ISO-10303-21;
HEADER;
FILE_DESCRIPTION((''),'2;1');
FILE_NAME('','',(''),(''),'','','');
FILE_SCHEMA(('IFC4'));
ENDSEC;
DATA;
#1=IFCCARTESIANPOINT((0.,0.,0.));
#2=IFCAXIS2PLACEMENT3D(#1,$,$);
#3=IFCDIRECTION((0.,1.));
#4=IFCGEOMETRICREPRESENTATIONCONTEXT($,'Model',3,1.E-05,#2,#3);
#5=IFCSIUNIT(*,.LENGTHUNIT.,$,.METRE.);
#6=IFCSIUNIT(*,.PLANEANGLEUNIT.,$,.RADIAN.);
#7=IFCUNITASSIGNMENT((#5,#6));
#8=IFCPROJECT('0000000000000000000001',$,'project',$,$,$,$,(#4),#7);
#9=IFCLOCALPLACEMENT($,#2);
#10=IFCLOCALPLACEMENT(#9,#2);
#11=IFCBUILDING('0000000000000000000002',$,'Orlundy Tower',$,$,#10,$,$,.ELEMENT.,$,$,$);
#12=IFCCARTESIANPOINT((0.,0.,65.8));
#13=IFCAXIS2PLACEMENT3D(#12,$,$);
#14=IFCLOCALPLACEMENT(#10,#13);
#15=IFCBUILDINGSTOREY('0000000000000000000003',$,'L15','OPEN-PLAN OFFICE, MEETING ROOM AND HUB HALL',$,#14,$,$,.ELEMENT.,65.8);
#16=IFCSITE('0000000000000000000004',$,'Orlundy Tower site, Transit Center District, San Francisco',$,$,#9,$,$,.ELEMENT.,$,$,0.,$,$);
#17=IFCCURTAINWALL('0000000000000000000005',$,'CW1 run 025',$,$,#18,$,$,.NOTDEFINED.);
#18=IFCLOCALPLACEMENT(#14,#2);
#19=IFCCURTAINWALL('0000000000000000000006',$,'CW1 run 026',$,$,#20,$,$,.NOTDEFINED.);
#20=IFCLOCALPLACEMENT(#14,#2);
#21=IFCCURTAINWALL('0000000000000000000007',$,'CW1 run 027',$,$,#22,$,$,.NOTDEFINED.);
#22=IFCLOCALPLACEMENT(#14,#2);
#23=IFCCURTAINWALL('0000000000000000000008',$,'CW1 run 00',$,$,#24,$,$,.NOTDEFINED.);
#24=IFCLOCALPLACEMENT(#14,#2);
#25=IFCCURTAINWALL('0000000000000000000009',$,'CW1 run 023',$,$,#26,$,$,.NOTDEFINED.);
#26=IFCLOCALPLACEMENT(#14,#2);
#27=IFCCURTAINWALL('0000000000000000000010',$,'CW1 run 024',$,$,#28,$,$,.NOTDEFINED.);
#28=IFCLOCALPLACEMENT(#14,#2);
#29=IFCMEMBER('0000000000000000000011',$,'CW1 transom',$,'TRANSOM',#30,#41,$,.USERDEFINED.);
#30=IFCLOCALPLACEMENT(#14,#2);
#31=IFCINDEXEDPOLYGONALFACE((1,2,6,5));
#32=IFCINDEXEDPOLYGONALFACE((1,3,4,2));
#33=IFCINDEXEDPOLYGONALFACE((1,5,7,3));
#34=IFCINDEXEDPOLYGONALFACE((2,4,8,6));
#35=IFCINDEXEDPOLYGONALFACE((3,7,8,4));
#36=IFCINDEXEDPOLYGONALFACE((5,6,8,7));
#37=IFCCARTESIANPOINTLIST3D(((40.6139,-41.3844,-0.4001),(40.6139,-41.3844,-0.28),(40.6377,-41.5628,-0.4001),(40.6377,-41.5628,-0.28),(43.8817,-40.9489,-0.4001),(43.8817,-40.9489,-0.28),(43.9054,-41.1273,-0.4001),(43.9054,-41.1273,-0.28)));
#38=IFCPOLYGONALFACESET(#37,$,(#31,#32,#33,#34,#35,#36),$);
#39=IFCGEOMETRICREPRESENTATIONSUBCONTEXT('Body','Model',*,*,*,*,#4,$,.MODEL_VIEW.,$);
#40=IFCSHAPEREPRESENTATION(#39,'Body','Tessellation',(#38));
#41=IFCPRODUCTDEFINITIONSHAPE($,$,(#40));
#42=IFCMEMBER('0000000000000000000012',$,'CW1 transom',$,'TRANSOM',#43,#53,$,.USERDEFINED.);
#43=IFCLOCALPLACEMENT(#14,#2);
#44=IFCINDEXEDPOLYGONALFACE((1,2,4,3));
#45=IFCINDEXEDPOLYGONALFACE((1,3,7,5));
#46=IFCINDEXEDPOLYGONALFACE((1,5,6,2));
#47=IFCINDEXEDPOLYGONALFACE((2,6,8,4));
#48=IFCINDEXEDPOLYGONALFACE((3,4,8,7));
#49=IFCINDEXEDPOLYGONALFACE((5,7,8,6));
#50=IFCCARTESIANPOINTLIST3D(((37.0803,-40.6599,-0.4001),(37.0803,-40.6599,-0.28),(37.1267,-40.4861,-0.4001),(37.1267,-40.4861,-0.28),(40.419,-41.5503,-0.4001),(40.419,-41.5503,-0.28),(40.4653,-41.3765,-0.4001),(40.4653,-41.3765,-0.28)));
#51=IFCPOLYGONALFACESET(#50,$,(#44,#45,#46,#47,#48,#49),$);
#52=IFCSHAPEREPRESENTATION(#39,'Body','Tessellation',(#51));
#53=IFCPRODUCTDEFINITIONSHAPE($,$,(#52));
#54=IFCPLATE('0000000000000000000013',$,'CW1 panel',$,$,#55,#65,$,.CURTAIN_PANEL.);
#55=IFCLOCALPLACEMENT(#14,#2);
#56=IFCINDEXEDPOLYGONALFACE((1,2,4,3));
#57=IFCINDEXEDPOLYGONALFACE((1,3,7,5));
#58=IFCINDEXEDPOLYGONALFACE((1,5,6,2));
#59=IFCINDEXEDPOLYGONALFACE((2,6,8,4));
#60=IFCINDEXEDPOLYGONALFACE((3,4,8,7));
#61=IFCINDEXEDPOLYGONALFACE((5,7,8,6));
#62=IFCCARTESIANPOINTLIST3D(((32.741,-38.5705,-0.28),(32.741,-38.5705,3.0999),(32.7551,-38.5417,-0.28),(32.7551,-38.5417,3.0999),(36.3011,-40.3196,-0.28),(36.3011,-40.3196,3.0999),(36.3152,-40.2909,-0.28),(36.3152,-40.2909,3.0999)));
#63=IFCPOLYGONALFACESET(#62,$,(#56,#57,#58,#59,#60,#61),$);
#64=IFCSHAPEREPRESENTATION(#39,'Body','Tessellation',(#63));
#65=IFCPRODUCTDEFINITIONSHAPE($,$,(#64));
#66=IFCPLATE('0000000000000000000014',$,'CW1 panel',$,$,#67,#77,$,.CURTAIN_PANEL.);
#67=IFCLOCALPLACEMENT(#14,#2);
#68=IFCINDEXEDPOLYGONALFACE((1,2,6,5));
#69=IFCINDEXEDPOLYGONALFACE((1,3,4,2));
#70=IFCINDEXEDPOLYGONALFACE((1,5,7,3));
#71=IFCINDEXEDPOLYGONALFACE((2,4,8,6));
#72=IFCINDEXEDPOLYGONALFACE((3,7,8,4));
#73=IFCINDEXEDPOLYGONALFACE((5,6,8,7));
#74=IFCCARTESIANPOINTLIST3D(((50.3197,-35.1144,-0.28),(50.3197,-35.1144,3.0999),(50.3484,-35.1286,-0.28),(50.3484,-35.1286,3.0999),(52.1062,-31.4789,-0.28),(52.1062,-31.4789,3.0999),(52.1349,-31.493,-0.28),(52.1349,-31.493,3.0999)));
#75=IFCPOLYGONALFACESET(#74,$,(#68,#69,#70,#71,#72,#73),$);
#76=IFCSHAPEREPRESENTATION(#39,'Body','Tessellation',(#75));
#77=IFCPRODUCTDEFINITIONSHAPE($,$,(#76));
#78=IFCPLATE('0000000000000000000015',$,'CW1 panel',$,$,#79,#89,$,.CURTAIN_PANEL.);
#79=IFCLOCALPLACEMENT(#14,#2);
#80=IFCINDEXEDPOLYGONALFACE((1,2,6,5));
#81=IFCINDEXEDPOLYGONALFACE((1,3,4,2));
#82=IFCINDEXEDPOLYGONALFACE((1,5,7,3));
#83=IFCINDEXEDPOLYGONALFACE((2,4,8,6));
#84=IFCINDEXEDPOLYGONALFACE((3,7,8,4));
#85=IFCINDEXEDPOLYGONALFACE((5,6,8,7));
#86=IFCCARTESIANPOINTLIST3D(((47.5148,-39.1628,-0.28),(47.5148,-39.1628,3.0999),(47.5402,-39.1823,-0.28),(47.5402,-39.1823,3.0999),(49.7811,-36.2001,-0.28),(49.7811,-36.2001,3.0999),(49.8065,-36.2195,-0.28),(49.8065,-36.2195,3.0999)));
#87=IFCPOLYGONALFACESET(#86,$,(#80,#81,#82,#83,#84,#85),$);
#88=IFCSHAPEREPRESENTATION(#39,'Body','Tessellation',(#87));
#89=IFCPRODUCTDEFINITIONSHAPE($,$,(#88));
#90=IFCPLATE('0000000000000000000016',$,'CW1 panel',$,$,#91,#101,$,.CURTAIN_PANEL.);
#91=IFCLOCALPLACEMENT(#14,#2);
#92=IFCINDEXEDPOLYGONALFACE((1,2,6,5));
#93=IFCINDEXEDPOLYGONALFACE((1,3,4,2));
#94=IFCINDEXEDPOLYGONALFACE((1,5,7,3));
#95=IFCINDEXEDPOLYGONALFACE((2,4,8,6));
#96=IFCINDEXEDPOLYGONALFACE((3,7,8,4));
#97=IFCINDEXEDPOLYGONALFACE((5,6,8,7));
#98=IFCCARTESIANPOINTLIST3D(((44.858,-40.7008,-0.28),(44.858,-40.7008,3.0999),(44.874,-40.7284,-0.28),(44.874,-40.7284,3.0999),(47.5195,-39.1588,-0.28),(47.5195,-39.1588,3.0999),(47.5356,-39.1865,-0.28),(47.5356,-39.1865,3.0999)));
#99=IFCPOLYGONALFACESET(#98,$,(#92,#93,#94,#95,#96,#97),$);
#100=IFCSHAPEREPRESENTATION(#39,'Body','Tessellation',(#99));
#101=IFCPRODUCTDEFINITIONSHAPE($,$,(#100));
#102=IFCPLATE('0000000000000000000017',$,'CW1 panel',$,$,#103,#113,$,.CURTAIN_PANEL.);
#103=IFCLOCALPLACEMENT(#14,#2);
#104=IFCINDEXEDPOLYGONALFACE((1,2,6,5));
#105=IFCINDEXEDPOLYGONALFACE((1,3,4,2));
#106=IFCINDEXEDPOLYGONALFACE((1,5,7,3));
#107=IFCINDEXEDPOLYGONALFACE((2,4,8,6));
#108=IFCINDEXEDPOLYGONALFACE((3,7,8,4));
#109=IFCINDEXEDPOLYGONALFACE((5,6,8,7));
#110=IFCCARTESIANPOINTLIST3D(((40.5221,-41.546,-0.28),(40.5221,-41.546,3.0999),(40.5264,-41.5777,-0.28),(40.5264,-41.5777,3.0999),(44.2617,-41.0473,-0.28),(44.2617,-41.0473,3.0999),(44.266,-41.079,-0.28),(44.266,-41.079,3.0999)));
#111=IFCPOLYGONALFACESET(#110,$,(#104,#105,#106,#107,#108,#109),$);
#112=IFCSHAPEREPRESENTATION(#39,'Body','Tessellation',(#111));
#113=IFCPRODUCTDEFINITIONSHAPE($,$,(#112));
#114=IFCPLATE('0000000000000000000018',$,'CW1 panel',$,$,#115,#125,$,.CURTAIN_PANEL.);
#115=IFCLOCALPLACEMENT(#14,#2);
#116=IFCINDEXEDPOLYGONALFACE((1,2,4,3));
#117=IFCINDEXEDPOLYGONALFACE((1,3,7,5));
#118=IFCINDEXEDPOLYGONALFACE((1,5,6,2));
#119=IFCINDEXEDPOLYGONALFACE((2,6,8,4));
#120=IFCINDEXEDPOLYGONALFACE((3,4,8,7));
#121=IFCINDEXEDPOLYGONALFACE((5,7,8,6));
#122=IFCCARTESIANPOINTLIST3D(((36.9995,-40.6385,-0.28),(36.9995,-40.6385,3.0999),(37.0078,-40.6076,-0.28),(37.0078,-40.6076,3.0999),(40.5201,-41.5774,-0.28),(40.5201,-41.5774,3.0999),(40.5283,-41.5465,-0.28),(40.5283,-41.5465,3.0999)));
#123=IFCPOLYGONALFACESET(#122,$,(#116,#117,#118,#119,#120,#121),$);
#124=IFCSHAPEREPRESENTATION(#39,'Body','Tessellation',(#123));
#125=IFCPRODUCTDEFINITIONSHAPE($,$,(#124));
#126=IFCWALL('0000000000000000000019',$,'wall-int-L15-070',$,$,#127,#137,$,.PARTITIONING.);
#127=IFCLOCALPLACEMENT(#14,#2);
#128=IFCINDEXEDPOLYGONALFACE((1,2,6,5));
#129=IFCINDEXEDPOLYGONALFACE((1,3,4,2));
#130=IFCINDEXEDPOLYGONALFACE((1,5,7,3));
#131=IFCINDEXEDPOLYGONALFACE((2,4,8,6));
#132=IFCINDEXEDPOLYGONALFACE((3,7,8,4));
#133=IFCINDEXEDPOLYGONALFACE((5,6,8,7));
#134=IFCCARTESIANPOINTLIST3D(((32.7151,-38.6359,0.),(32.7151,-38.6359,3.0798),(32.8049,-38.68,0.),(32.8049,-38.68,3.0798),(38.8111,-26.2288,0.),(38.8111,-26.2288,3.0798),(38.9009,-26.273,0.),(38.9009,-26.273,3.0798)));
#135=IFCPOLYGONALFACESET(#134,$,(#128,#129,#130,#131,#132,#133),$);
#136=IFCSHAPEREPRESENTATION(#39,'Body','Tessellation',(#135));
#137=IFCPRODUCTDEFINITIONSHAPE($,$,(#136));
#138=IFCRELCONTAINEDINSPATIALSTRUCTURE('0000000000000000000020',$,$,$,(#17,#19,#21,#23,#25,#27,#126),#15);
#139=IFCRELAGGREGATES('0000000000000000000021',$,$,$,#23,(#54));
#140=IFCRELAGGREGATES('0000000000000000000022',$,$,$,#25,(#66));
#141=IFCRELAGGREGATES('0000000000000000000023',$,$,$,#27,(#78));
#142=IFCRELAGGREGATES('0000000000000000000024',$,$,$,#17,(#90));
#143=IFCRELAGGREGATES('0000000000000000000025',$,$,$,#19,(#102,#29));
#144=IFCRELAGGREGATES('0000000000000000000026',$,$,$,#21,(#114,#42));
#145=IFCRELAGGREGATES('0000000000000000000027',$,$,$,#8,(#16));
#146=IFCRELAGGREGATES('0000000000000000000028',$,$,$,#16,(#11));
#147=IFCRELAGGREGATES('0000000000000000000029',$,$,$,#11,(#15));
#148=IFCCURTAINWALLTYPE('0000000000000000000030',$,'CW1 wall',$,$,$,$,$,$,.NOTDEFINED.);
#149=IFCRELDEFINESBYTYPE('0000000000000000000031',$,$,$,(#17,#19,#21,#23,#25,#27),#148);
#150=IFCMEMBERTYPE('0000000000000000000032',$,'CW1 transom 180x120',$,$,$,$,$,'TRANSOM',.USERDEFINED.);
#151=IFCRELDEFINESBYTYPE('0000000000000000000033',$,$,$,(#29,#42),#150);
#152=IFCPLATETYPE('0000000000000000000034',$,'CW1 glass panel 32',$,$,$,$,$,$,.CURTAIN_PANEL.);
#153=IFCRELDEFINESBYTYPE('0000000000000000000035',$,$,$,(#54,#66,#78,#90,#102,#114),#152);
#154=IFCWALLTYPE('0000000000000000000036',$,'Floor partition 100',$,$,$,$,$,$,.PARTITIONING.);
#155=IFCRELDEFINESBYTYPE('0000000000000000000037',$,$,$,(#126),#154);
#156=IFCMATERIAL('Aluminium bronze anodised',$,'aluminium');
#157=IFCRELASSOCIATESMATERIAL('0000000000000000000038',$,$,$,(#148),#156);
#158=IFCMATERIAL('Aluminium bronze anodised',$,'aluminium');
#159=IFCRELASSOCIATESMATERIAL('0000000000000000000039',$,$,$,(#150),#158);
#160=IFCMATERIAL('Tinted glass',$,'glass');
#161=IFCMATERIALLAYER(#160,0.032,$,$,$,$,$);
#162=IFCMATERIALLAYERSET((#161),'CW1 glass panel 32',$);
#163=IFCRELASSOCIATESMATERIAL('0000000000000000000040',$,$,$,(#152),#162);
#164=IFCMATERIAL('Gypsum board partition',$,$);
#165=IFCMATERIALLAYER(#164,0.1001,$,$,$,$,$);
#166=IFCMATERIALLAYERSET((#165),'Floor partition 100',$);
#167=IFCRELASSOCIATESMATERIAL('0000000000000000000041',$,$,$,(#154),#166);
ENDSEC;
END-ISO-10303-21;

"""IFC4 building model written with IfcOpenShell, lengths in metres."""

from ifc_helpers import new_model, si_unit, direction, frame, frame_2d, origin, origin_2d, place, context, subcontext, project, spatial, rectangle, extrude, material, layer, layer_set, material_profile, profile_set, type_object, element, aggregate, save


model = new_model("IFC4")

# Units and contexts
model_context = context("Model", 3, precision=1e-05, world=origin(), true_north=direction((0.0, 1.0)))
body_context = subcontext(model_context, "Body", "Model", "MODEL_VIEW")
ifc_project = project(units=[si_unit("LENGTHUNIT", "METRE"), si_unit("PLANEANGLEUNIT", "RADIAN")], contexts=[model_context])

# Site, building, storey
site_placement = place(None, origin())
site = spatial("IfcSite", under=ifc_project, at=site_placement, Name="Orlundy Tower site, Transit Center District, San Francisco", CompositionType="ELEMENT", RefElevation=0.0)
building_placement = place(site_placement, origin())
building = spatial("IfcBuilding", under=site, at=building_placement, Name="Orlundy Tower", CompositionType="ELEMENT")
storey_placement = place(building_placement, frame((0.0, 0.0, 65.8)))
storey = spatial("IfcBuildingStorey", under=building, at=storey_placement, Name="L15", Description="OPEN-PLAN OFFICE, MEETING ROOM AND HUB HALL", CompositionType="ELEMENT", Elevation=65.8)

# Curtain walls
ifc_material_1 = material(Name="Aluminium bronze anodised", Category="aluminium")
curtain_wall_type = type_object("IfcCurtainWallType", Name="CW1 wall", PredefinedType="NOTDEFINED", material=ifc_material_1)
curtain_wall_1_placement = place(storey_placement, origin())
curtain_wall_1 = element("IfcCurtainWall", 1, at=curtain_wall_1_placement, inside=storey, type_object=curtain_wall_type, Name="CW1 run 025", PredefinedType="NOTDEFINED")
curtain_wall_2_placement = place(storey_placement, origin())
curtain_wall_2 = element("IfcCurtainWall", 2, at=curtain_wall_2_placement, inside=storey, type_object=curtain_wall_type, Name="CW1 run 026", PredefinedType="NOTDEFINED")
curtain_wall_3_placement = place(storey_placement, origin())
curtain_wall_3 = element("IfcCurtainWall", 3, at=curtain_wall_3_placement, inside=storey, type_object=curtain_wall_type, Name="CW1 run 027", PredefinedType="NOTDEFINED")

# Curtain wall
curtain_wall_4_placement = place(storey_placement, origin())
curtain_wall_4 = element("IfcCurtainWall", 4, at=curtain_wall_4_placement, inside=storey, type_object=curtain_wall_type, Name="CW1 run 00", PredefinedType="NOTDEFINED")

# Curtain walls
curtain_wall_5_placement = place(storey_placement, origin())
curtain_wall_5 = element("IfcCurtainWall", 5, at=curtain_wall_5_placement, inside=storey, type_object=curtain_wall_type, Name="CW1 run 023", PredefinedType="NOTDEFINED")
curtain_wall_6_placement = place(storey_placement, origin())
curtain_wall_6 = element("IfcCurtainWall", 6, at=curtain_wall_6_placement, inside=storey, type_object=curtain_wall_type, Name="CW1 run 024", PredefinedType="NOTDEFINED")

# Members
ifc_material_2 = material(Name="Aluminium bronze anodised", Category="aluminium")
ifc_material_profile_1 = material_profile(ifc_material_2, rectangle(XDim=0.1799, YDim=0.1201, at=origin_2d()), Name="CW1 transom 180x120")
ifc_profile_set_1 = profile_set([ifc_material_profile_1], Name="Aluminium bronze anodised")
member_type_1 = type_object("IfcMemberType", Name="CW1 transom 180x120", ElementType="TRANSOM", PredefinedType="USERDEFINED", material=ifc_profile_set_1)
member_1_placement = place(storey_placement, frame((43.8936, -41.0381, -0.3401), z_axis=(-0.991234, -0.132115, 0.0), x_axis=(0.132115, -0.991234, 0.0)))
member_1 = element("IfcMember", 7, at=member_1_placement, type_object=member_type_1, Name="CW1 transom", ObjectType="TRANSOM", PredefinedType="USERDEFINED", context=body_context, shape_type="SweptSolid", body=[
    extrude(rectangle(XDim=0.1799, YDim=0.1201, at=origin_2d()), origin(), (0.0, 0.0, 1.0), 3.2966),
])
member_2_placement = place(storey_placement, frame((40.4421, -41.4634, -0.3401), z_axis=(-0.966229, 0.257685, 0.0), x_axis=(-0.257685, -0.966229, 0.0)))
member_2 = element("IfcMember", 8, at=member_2_placement, type_object=member_type_1, Name="CW1 transom", ObjectType="TRANSOM", PredefinedType="USERDEFINED", context=body_context, shape_type="SweptSolid", body=[
    extrude(rectangle(XDim=0.1799, YDim=0.1201, at=origin_2d()), origin(), (0.0, 0.0, 1.0), 3.4553),
])

# Plates
ifc_material_3 = material(Name="Tinted glass", Category="glass")
ifc_layer_1 = layer(ifc_material_3, 0.032)
ifc_layer_set_1 = layer_set([ifc_layer_1], Name="CW1 glass panel 32")
plate_type = type_object("IfcPlateType", Name="CW1 glass panel 32", PredefinedType="CURTAIN_PANEL", material=ifc_layer_set_1)
plate_1_placement = place(storey_placement, frame((34.5281, -39.4307, -0.28), z_axis=(0.0, 0.0, 1.0), x_axis=(-0.897522, 0.440969, 0.0)))
plate_1 = element("IfcPlate", 9, at=plate_1_placement, type_object=plate_type, Name="CW1 panel", PredefinedType="CURTAIN_PANEL", context=body_context, shape_type="SweptSolid", body=[
    extrude(rectangle(XDim=3.9666, YDim=0.032, at=origin_2d()), origin(), (0.0, 0.0, 1.0), 3.3799),
])
aggregate(curtain_wall_4, [plate_1])
plate_2_placement = place(storey_placement, frame((51.2273, -33.3037, -0.28), z_axis=(0.0, 0.0, 1.0), x_axis=(-0.441012, -0.897501, 0.0)))
plate_2 = element("IfcPlate", 10, at=plate_2_placement, type_object=plate_type, Name="CW1 panel", PredefinedType="CURTAIN_PANEL", context=body_context, shape_type="SweptSolid", body=[
    extrude(rectangle(XDim=4.0508, YDim=0.032, at=origin_2d()), origin(), (0.0, 0.0, 1.0), 3.3799),
])
aggregate(curtain_wall_5, [plate_2])
plate_3_placement = place(storey_placement, frame((48.6606, -37.6912, -0.28), z_axis=(0.0, 0.0, 1.0), x_axis=(-0.60757, -0.794266, 0.0)))
plate_3 = element("IfcPlate", 11, at=plate_3_placement, type_object=plate_type, Name="CW1 panel", PredefinedType="CURTAIN_PANEL", context=body_context, shape_type="SweptSolid", body=[
    extrude(rectangle(XDim=3.7302, YDim=0.032, at=origin_2d()), origin(), (0.0, 0.0, 1.0), 3.3799),
])
aggregate(curtain_wall_6, [plate_3])
plate_4_placement = place(storey_placement, frame((46.1968, -39.9436, -0.28), z_axis=(0.0, 0.0, 1.0), x_axis=(-0.865272, -0.501302, 0.0)))
plate_4 = element("IfcPlate", 12, at=plate_4_placement, type_object=plate_type, Name="CW1 panel", PredefinedType="CURTAIN_PANEL", context=body_context, shape_type="SweptSolid", body=[
    extrude(rectangle(XDim=3.0759, YDim=0.032, at=origin_2d()), origin(), (0.0, 0.0, 1.0), 3.3799),
])
aggregate(curtain_wall_1, [plate_4])
plate_5_placement = place(storey_placement, frame((42.394, -41.3125, -0.28), z_axis=(0.0, 0.0, 1.0), x_axis=(-0.991228, -0.132164, 0.0)))
plate_5 = element("IfcPlate", 13, at=plate_5_placement, type_object=plate_type, Name="CW1 panel", PredefinedType="CURTAIN_PANEL", context=body_context, shape_type="SweptSolid", body=[
    extrude(rectangle(XDim=3.7727, YDim=0.032, at=origin_2d()), origin(), (0.0, 0.0, 1.0), 3.3799),
])
aggregate(curtain_wall_2, [plate_5, member_1])
plate_6_placement = place(storey_placement, frame((38.7639, -41.0925, -0.28), z_axis=(0.0, 0.0, 1.0), x_axis=(-0.96623, 0.257679, 0.0)))
plate_6 = element("IfcPlate", 14, at=plate_6_placement, type_object=plate_type, Name="CW1 panel", PredefinedType="CURTAIN_PANEL", context=body_context, shape_type="SweptSolid", body=[
    extrude(rectangle(XDim=3.6436, YDim=0.032, at=origin_2d()), origin(), (0.0, 0.0, 1.0), 3.3799),
])
aggregate(curtain_wall_3, [plate_6, member_2])

# Wall
ifc_material_4 = material(Name="Gypsum board partition")
ifc_layer_2 = layer(ifc_material_4, 0.1001)
ifc_layer_set_2 = layer_set([ifc_layer_2], Name="Floor partition 100")
wall_type_1 = type_object("IfcWallType", Name="Floor partition 100", PredefinedType="PARTITIONING", material=ifc_layer_set_2)
wall_1_placement = place(storey_placement, frame((32.76, -38.658, 0.0), z_axis=(0.0, 0.0, 1.0), x_axis=(0.440979, 0.897517, 0.0)))
element("IfcWall", 15, at=wall_1_placement, inside=storey, type_object=wall_type_1, Name="wall-int-L15-070", PredefinedType="PARTITIONING", context=body_context, shape_type="SweptSolid", body=[
    extrude(rectangle(XDim=13.8237, YDim=0.1001, at=frame_2d((6.9119, 0.0))), origin(), (0.0, 0.0, 1.0), 3.0798),
])

save(model, "model.ifc")
